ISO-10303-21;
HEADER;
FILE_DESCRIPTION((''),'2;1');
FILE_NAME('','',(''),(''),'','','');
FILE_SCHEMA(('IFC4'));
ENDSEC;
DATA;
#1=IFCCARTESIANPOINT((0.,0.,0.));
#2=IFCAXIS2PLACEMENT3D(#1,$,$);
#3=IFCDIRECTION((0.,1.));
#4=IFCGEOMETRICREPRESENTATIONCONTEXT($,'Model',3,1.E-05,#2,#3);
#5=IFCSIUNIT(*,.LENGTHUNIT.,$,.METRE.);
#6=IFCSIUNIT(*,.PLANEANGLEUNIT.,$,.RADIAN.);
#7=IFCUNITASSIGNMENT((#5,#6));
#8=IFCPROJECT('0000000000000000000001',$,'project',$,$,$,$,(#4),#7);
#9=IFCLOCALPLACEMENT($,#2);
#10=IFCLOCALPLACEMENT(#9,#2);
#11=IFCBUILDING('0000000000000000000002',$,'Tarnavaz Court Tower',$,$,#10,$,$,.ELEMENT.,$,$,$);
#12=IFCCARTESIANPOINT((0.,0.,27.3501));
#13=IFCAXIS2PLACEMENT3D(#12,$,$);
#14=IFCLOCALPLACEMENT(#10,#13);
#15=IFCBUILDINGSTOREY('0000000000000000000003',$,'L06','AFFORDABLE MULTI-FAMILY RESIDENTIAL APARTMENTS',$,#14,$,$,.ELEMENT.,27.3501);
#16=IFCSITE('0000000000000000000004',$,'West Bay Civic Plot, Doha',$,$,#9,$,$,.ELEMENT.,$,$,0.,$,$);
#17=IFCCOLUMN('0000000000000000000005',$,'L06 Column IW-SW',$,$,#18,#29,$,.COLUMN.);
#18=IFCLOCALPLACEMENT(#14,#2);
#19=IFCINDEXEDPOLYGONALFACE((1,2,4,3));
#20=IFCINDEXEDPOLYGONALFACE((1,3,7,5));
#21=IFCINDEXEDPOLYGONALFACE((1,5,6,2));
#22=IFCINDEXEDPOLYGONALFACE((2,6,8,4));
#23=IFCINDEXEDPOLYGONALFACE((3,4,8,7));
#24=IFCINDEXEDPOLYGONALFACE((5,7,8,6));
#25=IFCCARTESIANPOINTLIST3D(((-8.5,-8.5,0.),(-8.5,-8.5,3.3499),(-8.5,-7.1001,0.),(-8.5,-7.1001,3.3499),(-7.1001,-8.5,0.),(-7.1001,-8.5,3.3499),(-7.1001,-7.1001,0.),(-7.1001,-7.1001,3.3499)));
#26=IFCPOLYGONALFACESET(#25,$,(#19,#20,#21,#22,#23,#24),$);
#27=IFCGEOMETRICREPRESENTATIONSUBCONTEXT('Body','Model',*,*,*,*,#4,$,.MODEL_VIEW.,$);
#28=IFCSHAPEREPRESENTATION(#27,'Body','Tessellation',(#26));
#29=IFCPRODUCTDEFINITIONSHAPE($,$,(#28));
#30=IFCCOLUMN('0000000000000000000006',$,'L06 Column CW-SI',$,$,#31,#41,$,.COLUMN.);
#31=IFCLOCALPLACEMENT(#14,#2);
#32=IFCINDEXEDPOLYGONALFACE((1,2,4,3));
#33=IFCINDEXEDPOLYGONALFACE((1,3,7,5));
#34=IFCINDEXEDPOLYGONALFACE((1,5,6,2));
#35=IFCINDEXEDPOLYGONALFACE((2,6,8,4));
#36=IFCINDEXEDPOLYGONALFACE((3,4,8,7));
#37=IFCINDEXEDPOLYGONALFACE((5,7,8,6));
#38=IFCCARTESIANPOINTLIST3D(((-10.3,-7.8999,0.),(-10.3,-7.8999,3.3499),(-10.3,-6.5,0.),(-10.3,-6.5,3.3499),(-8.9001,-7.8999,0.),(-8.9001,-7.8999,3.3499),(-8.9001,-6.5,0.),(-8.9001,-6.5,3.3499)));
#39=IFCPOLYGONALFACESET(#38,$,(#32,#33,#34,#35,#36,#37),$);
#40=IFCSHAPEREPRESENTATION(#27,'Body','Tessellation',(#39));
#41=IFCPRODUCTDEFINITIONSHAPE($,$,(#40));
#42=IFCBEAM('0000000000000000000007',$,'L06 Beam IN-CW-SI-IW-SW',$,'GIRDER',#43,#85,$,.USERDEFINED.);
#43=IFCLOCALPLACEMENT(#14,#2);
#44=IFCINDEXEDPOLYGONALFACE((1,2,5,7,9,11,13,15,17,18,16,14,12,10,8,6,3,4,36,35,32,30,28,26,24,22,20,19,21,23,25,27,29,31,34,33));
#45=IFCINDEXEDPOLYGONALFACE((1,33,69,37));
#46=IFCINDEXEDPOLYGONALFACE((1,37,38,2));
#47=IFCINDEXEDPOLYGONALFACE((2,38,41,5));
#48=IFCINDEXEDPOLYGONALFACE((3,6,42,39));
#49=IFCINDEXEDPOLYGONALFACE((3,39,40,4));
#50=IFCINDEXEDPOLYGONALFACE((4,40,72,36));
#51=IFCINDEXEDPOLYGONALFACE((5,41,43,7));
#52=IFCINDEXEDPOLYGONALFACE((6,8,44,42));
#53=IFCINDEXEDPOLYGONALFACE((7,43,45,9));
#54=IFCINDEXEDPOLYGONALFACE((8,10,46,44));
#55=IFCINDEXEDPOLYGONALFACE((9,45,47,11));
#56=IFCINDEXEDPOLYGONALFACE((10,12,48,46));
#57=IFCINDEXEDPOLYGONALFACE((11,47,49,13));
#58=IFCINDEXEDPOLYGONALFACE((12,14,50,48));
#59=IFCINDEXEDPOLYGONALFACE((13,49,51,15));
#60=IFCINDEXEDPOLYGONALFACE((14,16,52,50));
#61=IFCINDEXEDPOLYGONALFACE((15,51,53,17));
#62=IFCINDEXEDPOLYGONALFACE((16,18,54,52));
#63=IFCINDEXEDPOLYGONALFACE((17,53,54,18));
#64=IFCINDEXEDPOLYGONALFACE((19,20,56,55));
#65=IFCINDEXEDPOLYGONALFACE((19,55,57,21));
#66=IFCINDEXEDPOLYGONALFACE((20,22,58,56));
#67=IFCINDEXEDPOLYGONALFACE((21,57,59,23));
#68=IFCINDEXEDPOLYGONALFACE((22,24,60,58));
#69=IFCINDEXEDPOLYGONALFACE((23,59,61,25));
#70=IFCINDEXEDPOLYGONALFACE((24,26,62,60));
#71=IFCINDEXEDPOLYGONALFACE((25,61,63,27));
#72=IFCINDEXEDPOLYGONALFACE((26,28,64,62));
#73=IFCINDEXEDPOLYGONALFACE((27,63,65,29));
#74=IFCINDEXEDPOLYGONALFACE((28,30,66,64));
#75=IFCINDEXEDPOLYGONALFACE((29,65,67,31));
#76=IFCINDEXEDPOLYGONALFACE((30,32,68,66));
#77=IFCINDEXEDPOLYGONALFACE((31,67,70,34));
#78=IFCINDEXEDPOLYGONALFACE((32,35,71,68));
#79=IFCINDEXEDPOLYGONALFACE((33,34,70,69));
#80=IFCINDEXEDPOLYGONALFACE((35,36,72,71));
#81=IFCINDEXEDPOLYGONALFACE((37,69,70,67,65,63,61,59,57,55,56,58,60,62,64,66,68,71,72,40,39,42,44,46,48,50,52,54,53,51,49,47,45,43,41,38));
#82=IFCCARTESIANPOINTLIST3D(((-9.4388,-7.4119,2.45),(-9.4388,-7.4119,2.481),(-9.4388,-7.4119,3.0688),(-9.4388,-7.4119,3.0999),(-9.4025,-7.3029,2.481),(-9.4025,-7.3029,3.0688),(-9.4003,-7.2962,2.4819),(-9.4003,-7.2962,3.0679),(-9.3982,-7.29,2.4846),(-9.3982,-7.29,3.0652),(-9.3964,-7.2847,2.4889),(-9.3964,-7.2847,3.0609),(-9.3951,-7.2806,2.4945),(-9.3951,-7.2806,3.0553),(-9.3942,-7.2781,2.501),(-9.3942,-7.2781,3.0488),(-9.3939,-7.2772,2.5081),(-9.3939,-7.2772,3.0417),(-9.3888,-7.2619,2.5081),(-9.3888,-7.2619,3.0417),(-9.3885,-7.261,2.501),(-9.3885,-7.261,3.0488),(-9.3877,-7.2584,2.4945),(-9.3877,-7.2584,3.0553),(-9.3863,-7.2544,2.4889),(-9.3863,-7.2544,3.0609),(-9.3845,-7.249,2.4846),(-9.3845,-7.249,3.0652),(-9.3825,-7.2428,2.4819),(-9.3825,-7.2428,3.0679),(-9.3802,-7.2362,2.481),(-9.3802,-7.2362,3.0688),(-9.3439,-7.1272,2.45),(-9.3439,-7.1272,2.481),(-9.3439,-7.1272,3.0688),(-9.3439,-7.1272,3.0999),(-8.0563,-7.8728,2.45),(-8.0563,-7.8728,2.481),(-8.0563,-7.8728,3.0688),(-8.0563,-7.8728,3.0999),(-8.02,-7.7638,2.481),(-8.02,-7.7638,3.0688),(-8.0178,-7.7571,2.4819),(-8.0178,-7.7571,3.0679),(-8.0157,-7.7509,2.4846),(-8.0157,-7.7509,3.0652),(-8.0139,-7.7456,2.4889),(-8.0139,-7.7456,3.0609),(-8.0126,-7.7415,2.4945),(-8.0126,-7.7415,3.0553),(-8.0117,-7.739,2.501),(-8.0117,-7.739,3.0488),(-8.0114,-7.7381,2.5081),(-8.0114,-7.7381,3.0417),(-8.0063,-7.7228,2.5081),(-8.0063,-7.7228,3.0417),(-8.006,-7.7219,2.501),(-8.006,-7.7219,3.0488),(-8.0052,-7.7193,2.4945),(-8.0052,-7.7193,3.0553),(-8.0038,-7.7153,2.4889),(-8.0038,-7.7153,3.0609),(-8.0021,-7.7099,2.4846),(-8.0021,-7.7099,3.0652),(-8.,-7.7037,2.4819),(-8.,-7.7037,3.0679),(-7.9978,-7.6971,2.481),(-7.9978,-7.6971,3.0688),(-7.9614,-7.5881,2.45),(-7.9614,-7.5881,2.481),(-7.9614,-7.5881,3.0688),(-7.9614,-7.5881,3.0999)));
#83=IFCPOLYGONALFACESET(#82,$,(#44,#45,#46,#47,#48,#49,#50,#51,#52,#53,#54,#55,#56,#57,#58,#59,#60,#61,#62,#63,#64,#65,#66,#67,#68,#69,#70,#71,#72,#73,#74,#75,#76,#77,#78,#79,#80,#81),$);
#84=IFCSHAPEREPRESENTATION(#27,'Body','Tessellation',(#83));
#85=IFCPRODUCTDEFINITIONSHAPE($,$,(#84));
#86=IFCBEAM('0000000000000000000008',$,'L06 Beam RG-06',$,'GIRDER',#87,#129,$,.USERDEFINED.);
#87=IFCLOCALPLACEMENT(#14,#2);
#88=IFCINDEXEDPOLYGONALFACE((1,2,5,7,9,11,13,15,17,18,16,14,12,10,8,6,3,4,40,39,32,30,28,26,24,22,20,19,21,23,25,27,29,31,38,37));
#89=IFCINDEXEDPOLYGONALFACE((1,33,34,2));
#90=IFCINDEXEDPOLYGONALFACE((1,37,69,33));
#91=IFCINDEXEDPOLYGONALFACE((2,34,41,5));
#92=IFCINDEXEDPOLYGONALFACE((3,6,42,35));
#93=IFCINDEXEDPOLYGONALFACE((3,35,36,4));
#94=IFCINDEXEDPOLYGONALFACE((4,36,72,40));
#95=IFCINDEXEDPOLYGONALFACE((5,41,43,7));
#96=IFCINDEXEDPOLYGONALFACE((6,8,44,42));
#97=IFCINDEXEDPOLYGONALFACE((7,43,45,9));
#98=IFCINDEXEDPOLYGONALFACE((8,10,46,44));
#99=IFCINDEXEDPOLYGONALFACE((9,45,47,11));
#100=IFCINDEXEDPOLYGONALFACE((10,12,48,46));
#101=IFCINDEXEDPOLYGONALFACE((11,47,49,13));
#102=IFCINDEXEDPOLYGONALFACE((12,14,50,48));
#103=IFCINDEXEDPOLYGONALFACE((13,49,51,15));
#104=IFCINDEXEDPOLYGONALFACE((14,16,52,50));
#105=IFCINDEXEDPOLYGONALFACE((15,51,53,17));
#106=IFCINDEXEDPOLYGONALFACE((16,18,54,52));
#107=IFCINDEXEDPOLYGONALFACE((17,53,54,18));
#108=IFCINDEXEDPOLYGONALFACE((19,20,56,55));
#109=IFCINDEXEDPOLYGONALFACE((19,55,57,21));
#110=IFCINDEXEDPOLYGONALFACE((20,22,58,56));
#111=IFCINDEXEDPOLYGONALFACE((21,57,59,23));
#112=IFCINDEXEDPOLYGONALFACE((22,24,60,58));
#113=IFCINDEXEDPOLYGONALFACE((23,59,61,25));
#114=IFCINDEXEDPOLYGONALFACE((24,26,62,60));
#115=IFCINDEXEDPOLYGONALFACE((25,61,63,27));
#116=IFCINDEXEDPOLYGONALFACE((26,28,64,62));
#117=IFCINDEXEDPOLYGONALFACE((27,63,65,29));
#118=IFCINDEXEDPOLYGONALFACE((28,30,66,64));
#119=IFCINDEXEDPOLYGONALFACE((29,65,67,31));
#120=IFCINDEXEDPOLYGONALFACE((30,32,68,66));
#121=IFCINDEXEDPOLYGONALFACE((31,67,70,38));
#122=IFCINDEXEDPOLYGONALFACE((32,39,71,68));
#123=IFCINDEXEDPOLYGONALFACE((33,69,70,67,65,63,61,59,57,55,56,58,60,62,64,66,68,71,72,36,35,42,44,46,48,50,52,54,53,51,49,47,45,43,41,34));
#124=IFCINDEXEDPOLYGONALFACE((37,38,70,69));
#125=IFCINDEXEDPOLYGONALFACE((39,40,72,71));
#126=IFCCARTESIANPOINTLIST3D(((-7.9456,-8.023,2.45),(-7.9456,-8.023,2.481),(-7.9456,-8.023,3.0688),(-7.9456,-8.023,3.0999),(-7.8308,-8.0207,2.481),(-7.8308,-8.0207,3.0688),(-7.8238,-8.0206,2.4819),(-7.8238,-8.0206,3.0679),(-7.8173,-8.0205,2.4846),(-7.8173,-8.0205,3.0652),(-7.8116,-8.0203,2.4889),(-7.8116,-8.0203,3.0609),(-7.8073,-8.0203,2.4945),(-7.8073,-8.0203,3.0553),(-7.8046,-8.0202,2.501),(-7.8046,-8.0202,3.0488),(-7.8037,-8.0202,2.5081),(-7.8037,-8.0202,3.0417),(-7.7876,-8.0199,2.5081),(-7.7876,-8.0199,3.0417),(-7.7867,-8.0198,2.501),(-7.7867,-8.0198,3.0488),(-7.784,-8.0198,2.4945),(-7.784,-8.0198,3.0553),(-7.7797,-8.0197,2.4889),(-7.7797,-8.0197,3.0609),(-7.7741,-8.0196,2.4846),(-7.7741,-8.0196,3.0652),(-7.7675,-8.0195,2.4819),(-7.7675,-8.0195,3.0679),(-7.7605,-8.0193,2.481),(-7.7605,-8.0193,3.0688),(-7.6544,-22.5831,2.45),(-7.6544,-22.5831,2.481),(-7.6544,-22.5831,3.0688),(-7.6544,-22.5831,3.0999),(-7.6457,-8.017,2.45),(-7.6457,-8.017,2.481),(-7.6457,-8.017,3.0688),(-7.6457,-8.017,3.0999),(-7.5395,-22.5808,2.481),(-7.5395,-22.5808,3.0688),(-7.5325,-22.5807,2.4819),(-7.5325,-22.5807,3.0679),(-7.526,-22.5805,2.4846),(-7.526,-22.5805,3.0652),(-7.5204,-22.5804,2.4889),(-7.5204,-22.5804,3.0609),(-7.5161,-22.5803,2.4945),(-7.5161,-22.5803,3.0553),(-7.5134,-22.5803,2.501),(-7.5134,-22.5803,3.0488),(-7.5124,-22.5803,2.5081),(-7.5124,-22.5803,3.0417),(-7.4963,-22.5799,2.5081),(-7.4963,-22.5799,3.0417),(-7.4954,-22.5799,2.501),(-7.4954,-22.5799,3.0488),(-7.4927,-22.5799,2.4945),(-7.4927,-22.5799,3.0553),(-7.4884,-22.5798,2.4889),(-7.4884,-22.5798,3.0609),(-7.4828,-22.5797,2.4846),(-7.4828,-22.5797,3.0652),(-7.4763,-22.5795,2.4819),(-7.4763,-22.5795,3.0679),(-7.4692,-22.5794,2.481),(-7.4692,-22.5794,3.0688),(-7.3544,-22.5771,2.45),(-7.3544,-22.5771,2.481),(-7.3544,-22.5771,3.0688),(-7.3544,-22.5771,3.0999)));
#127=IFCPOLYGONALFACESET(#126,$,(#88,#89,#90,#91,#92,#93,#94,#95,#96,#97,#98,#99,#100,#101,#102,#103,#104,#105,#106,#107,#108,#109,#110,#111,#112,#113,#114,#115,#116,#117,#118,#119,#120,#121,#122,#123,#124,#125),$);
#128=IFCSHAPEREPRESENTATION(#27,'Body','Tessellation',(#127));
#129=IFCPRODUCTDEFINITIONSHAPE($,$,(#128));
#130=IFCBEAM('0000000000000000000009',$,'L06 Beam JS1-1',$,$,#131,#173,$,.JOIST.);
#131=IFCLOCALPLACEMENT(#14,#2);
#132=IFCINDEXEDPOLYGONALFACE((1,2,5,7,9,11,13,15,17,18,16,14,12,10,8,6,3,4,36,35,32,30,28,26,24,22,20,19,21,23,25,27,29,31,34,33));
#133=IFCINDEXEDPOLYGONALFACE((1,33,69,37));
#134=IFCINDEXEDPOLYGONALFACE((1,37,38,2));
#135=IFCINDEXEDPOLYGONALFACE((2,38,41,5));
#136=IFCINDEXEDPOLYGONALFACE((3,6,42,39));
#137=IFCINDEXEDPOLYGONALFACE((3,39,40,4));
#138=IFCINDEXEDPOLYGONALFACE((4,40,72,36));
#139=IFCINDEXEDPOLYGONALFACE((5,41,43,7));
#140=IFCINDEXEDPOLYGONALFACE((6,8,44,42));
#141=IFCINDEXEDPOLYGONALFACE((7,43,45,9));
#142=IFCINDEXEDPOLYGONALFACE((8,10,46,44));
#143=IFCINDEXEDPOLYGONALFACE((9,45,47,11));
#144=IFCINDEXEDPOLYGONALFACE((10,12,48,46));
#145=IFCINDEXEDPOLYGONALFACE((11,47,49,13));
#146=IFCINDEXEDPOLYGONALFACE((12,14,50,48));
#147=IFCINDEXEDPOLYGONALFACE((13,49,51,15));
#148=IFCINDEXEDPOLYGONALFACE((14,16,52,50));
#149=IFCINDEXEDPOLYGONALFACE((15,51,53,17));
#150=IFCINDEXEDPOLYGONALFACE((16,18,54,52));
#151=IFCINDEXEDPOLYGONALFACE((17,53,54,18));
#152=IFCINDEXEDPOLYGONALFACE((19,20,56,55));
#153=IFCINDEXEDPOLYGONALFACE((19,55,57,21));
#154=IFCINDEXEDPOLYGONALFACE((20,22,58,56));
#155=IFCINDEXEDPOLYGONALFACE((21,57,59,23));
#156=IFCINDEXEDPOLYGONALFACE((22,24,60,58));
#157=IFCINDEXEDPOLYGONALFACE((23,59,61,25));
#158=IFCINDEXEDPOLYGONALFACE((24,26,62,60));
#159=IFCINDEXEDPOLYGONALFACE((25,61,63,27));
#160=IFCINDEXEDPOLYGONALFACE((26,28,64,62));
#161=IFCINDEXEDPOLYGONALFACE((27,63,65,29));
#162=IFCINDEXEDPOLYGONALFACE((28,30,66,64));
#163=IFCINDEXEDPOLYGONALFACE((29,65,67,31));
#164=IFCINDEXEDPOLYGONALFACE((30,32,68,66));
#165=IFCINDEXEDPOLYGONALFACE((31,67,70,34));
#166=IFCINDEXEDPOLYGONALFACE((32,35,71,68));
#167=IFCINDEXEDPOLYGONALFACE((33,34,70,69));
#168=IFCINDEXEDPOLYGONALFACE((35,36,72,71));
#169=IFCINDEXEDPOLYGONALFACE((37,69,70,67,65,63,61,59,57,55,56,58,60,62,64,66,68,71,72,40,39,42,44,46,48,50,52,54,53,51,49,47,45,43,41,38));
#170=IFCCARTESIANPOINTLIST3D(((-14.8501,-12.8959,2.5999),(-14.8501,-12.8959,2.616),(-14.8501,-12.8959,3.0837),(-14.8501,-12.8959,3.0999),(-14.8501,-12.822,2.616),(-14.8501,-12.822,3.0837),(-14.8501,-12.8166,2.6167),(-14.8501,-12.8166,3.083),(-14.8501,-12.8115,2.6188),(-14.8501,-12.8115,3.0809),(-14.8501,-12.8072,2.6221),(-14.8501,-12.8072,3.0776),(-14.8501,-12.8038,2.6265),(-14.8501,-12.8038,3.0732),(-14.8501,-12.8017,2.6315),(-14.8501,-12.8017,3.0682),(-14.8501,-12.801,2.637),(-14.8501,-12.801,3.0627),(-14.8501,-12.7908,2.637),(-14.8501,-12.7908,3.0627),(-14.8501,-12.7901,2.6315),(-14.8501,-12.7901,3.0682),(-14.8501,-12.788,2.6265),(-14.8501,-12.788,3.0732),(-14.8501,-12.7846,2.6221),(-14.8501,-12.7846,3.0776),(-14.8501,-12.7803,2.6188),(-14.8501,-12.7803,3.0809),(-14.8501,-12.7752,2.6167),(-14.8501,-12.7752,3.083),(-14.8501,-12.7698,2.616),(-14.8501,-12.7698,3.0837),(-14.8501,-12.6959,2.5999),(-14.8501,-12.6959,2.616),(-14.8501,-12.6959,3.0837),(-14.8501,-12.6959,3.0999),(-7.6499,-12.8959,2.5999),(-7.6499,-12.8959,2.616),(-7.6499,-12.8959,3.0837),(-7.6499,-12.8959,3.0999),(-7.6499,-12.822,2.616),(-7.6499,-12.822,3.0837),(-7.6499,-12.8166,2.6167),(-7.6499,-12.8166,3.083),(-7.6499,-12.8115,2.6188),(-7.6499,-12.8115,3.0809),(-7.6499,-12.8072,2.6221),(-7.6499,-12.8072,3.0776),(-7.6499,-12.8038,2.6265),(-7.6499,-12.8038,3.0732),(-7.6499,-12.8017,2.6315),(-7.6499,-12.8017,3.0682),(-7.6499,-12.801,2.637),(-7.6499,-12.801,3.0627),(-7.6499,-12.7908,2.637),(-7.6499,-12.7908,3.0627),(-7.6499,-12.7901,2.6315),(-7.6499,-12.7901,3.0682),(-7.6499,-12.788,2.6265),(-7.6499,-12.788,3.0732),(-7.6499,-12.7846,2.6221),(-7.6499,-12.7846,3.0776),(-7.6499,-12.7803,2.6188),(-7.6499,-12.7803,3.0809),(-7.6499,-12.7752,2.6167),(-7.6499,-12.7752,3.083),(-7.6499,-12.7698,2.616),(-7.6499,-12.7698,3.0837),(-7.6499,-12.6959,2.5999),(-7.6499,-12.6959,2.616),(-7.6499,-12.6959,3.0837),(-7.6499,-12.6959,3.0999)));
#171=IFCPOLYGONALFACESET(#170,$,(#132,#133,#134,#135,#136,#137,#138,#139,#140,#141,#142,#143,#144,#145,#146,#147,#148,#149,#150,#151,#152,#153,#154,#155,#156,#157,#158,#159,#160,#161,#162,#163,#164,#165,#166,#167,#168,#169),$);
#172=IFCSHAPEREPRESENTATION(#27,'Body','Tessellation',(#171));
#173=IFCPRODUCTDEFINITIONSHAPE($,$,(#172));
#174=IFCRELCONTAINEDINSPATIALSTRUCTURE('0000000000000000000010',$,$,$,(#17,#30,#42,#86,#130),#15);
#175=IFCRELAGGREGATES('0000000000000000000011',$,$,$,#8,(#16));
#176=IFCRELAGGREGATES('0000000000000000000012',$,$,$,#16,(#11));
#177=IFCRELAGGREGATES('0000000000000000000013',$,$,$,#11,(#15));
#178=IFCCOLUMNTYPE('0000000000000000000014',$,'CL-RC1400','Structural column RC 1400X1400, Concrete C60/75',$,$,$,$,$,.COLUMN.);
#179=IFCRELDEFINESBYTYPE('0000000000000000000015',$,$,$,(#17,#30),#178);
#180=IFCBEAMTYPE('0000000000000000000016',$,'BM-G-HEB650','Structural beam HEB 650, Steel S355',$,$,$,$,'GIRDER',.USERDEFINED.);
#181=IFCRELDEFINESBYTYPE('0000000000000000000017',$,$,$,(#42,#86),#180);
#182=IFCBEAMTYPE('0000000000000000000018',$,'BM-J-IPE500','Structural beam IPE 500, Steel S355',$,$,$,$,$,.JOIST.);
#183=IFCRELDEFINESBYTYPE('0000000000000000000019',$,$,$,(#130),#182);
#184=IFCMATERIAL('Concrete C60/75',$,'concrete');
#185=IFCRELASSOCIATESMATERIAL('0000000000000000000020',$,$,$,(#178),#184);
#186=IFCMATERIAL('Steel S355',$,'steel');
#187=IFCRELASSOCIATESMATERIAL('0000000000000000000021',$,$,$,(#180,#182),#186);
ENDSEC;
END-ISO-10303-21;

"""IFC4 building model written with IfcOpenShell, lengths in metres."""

from ifc_helpers import new_model, si_unit, direction, frame, origin, origin_2d, place, context, subcontext, project, spatial, rectangle, i_section, extrude, material, material_profile, profile_set, type_object, element, save


model = new_model("IFC4")

# Units and contexts
model_context = context("Model", 3, precision=1e-05, world=origin(), true_north=direction((0.0, 1.0)))
body_context = subcontext(model_context, "Body", "Model", "MODEL_VIEW")
ifc_project = project(units=[si_unit("LENGTHUNIT", "METRE"), si_unit("PLANEANGLEUNIT", "RADIAN")], contexts=[model_context])

# Site, building, storey
site_placement = place(None, origin())
site = spatial("IfcSite", under=ifc_project, at=site_placement, Name="West Bay Civic Plot, Doha", CompositionType="ELEMENT", RefElevation=0.0)
building_placement = place(site_placement, origin())
building = spatial("IfcBuilding", under=site, at=building_placement, Name="Tarnavaz Court Tower", CompositionType="ELEMENT")
storey_placement = place(building_placement, frame((0.0, 0.0, 27.3501)))
storey = spatial("IfcBuildingStorey", under=building, at=storey_placement, Name="L06", Description="AFFORDABLE MULTI-FAMILY RESIDENTIAL APARTMENTS", CompositionType="ELEMENT", Elevation=27.3501)

# Columns
ifc_material_1 = material(Name="Concrete C60/75", Category="concrete")
ifc_material_profile_1 = material_profile(ifc_material_1, rectangle(XDim=1.3999, YDim=1.3999, at=origin_2d()), Name="RC 1400X1400")
ifc_profile_set_1 = profile_set([ifc_material_profile_1], Name="Concrete C60/75")
column_type = type_object("IfcColumnType", Name="CL-RC1400", Description="Structural column RC 1400X1400, Concrete C60/75", PredefinedType="COLUMN", material=ifc_profile_set_1)
for number, where, z_axis, x_axis, name in (
    (1, (-7.8, -7.8, 0.0), (0.0, 0.0, 1.0), (1.0, 0.0, 0.0), "L06 Column IW-SW"),
    (2, (-9.6001, -7.2, 0.0), (0.0, 0.0, 1.0), (1.0, 0.0, 0.0), "L06 Column CW-SI"),
):
    element("IfcColumn", number, at=place(storey_placement, frame(where, z_axis=z_axis, x_axis=x_axis)), inside=storey, type_object=column_type, Name=name, PredefinedType="COLUMN", context=body_context, shape_type="SweptSolid", body=[
        extrude(rectangle(XDim=1.3999, YDim=1.3999, at=origin_2d()), origin(), (0.0, 0.0, 1.0), 3.3499),
    ])

# Beams
ifc_material_2 = material(Name="Steel S355", Category="steel")
ifc_material_profile_2 = material_profile(ifc_material_2, i_section(OverallWidth=0.3, OverallDepth=0.6499, WebThickness=0.0161, FlangeThickness=0.031, FilletRadius=0.0271, at=origin_2d()), Name="HEB 650")
ifc_profile_set_2 = profile_set([ifc_material_profile_2], Name="Steel S355")
beam_type_1 = type_object("IfcBeamType", Name="BM-G-HEB650", Description="Structural beam HEB 650, Steel S355", ElementType="GIRDER", PredefinedType="USERDEFINED", material=ifc_profile_set_2)
beam_1_placement = place(storey_placement, frame((-9.3914, -7.2695, 2.7749), z_axis=(0.948667, -0.316278, 0.0), x_axis=(0.316278, 0.948667, 0.0)))
element("IfcBeam", 3, at=beam_1_placement, inside=storey, type_object=beam_type_1, Name="L06 Beam IN-CW-SI-IW-SW", ObjectType="GIRDER", PredefinedType="USERDEFINED", context=body_context, shape_type="SweptSolid", body=[
    extrude(i_section(OverallWidth=0.3, OverallDepth=0.6499, WebThickness=0.0161, FlangeThickness=0.031, FilletRadius=0.0271, at=origin_2d()), origin(), (0.0, 0.0, 1.0), 1.4573),
])
beam_2_placement = place(storey_placement, frame((-7.7957, -8.02, 2.7749), z_axis=(0.02, -0.9998, 0.0), x_axis=(0.9998, 0.02, 0.0)))
element("IfcBeam", 4, at=beam_2_placement, inside=storey, type_object=beam_type_1, Name="L06 Beam RG-06", ObjectType="GIRDER", PredefinedType="USERDEFINED", context=body_context, shape_type="SweptSolid", body=[
    extrude(i_section(OverallWidth=0.3, OverallDepth=0.6499, WebThickness=0.0161, FlangeThickness=0.031, FilletRadius=0.0271, at=origin_2d()), origin(), (0.0, 0.0, 1.0), 14.563),
])
ifc_material_profile_3 = material_profile(ifc_material_2, i_section(OverallWidth=0.2, OverallDepth=0.5, WebThickness=0.0103, FlangeThickness=0.0161, FilletRadius=0.021, at=origin_2d()), Name="IPE 500")
ifc_profile_set_3 = profile_set([ifc_material_profile_3], Name="Steel S355")
beam_type_2 = type_object("IfcBeamType", Name="BM-J-IPE500", Description="Structural beam IPE 500, Steel S355", PredefinedType="JOIST", material=ifc_profile_set_3)
beam_3_placement = place(storey_placement, frame((-14.8501, -12.7959, 2.8499), z_axis=(1.0, 0.0, 0.0), x_axis=(0.0, 1.0, 0.0)))
element("IfcBeam", 5, at=beam_3_placement, inside=storey, type_object=beam_type_2, Name="L06 Beam JS1-1", PredefinedType="JOIST", context=body_context, shape_type="SweptSolid", body=[
    extrude(i_section(OverallWidth=0.2, OverallDepth=0.5, WebThickness=0.0103, FlangeThickness=0.0161, FilletRadius=0.021, at=origin_2d()), origin(), (0.0, 0.0, 1.0), 7.2002),
])

save(model, "model.ifc")
